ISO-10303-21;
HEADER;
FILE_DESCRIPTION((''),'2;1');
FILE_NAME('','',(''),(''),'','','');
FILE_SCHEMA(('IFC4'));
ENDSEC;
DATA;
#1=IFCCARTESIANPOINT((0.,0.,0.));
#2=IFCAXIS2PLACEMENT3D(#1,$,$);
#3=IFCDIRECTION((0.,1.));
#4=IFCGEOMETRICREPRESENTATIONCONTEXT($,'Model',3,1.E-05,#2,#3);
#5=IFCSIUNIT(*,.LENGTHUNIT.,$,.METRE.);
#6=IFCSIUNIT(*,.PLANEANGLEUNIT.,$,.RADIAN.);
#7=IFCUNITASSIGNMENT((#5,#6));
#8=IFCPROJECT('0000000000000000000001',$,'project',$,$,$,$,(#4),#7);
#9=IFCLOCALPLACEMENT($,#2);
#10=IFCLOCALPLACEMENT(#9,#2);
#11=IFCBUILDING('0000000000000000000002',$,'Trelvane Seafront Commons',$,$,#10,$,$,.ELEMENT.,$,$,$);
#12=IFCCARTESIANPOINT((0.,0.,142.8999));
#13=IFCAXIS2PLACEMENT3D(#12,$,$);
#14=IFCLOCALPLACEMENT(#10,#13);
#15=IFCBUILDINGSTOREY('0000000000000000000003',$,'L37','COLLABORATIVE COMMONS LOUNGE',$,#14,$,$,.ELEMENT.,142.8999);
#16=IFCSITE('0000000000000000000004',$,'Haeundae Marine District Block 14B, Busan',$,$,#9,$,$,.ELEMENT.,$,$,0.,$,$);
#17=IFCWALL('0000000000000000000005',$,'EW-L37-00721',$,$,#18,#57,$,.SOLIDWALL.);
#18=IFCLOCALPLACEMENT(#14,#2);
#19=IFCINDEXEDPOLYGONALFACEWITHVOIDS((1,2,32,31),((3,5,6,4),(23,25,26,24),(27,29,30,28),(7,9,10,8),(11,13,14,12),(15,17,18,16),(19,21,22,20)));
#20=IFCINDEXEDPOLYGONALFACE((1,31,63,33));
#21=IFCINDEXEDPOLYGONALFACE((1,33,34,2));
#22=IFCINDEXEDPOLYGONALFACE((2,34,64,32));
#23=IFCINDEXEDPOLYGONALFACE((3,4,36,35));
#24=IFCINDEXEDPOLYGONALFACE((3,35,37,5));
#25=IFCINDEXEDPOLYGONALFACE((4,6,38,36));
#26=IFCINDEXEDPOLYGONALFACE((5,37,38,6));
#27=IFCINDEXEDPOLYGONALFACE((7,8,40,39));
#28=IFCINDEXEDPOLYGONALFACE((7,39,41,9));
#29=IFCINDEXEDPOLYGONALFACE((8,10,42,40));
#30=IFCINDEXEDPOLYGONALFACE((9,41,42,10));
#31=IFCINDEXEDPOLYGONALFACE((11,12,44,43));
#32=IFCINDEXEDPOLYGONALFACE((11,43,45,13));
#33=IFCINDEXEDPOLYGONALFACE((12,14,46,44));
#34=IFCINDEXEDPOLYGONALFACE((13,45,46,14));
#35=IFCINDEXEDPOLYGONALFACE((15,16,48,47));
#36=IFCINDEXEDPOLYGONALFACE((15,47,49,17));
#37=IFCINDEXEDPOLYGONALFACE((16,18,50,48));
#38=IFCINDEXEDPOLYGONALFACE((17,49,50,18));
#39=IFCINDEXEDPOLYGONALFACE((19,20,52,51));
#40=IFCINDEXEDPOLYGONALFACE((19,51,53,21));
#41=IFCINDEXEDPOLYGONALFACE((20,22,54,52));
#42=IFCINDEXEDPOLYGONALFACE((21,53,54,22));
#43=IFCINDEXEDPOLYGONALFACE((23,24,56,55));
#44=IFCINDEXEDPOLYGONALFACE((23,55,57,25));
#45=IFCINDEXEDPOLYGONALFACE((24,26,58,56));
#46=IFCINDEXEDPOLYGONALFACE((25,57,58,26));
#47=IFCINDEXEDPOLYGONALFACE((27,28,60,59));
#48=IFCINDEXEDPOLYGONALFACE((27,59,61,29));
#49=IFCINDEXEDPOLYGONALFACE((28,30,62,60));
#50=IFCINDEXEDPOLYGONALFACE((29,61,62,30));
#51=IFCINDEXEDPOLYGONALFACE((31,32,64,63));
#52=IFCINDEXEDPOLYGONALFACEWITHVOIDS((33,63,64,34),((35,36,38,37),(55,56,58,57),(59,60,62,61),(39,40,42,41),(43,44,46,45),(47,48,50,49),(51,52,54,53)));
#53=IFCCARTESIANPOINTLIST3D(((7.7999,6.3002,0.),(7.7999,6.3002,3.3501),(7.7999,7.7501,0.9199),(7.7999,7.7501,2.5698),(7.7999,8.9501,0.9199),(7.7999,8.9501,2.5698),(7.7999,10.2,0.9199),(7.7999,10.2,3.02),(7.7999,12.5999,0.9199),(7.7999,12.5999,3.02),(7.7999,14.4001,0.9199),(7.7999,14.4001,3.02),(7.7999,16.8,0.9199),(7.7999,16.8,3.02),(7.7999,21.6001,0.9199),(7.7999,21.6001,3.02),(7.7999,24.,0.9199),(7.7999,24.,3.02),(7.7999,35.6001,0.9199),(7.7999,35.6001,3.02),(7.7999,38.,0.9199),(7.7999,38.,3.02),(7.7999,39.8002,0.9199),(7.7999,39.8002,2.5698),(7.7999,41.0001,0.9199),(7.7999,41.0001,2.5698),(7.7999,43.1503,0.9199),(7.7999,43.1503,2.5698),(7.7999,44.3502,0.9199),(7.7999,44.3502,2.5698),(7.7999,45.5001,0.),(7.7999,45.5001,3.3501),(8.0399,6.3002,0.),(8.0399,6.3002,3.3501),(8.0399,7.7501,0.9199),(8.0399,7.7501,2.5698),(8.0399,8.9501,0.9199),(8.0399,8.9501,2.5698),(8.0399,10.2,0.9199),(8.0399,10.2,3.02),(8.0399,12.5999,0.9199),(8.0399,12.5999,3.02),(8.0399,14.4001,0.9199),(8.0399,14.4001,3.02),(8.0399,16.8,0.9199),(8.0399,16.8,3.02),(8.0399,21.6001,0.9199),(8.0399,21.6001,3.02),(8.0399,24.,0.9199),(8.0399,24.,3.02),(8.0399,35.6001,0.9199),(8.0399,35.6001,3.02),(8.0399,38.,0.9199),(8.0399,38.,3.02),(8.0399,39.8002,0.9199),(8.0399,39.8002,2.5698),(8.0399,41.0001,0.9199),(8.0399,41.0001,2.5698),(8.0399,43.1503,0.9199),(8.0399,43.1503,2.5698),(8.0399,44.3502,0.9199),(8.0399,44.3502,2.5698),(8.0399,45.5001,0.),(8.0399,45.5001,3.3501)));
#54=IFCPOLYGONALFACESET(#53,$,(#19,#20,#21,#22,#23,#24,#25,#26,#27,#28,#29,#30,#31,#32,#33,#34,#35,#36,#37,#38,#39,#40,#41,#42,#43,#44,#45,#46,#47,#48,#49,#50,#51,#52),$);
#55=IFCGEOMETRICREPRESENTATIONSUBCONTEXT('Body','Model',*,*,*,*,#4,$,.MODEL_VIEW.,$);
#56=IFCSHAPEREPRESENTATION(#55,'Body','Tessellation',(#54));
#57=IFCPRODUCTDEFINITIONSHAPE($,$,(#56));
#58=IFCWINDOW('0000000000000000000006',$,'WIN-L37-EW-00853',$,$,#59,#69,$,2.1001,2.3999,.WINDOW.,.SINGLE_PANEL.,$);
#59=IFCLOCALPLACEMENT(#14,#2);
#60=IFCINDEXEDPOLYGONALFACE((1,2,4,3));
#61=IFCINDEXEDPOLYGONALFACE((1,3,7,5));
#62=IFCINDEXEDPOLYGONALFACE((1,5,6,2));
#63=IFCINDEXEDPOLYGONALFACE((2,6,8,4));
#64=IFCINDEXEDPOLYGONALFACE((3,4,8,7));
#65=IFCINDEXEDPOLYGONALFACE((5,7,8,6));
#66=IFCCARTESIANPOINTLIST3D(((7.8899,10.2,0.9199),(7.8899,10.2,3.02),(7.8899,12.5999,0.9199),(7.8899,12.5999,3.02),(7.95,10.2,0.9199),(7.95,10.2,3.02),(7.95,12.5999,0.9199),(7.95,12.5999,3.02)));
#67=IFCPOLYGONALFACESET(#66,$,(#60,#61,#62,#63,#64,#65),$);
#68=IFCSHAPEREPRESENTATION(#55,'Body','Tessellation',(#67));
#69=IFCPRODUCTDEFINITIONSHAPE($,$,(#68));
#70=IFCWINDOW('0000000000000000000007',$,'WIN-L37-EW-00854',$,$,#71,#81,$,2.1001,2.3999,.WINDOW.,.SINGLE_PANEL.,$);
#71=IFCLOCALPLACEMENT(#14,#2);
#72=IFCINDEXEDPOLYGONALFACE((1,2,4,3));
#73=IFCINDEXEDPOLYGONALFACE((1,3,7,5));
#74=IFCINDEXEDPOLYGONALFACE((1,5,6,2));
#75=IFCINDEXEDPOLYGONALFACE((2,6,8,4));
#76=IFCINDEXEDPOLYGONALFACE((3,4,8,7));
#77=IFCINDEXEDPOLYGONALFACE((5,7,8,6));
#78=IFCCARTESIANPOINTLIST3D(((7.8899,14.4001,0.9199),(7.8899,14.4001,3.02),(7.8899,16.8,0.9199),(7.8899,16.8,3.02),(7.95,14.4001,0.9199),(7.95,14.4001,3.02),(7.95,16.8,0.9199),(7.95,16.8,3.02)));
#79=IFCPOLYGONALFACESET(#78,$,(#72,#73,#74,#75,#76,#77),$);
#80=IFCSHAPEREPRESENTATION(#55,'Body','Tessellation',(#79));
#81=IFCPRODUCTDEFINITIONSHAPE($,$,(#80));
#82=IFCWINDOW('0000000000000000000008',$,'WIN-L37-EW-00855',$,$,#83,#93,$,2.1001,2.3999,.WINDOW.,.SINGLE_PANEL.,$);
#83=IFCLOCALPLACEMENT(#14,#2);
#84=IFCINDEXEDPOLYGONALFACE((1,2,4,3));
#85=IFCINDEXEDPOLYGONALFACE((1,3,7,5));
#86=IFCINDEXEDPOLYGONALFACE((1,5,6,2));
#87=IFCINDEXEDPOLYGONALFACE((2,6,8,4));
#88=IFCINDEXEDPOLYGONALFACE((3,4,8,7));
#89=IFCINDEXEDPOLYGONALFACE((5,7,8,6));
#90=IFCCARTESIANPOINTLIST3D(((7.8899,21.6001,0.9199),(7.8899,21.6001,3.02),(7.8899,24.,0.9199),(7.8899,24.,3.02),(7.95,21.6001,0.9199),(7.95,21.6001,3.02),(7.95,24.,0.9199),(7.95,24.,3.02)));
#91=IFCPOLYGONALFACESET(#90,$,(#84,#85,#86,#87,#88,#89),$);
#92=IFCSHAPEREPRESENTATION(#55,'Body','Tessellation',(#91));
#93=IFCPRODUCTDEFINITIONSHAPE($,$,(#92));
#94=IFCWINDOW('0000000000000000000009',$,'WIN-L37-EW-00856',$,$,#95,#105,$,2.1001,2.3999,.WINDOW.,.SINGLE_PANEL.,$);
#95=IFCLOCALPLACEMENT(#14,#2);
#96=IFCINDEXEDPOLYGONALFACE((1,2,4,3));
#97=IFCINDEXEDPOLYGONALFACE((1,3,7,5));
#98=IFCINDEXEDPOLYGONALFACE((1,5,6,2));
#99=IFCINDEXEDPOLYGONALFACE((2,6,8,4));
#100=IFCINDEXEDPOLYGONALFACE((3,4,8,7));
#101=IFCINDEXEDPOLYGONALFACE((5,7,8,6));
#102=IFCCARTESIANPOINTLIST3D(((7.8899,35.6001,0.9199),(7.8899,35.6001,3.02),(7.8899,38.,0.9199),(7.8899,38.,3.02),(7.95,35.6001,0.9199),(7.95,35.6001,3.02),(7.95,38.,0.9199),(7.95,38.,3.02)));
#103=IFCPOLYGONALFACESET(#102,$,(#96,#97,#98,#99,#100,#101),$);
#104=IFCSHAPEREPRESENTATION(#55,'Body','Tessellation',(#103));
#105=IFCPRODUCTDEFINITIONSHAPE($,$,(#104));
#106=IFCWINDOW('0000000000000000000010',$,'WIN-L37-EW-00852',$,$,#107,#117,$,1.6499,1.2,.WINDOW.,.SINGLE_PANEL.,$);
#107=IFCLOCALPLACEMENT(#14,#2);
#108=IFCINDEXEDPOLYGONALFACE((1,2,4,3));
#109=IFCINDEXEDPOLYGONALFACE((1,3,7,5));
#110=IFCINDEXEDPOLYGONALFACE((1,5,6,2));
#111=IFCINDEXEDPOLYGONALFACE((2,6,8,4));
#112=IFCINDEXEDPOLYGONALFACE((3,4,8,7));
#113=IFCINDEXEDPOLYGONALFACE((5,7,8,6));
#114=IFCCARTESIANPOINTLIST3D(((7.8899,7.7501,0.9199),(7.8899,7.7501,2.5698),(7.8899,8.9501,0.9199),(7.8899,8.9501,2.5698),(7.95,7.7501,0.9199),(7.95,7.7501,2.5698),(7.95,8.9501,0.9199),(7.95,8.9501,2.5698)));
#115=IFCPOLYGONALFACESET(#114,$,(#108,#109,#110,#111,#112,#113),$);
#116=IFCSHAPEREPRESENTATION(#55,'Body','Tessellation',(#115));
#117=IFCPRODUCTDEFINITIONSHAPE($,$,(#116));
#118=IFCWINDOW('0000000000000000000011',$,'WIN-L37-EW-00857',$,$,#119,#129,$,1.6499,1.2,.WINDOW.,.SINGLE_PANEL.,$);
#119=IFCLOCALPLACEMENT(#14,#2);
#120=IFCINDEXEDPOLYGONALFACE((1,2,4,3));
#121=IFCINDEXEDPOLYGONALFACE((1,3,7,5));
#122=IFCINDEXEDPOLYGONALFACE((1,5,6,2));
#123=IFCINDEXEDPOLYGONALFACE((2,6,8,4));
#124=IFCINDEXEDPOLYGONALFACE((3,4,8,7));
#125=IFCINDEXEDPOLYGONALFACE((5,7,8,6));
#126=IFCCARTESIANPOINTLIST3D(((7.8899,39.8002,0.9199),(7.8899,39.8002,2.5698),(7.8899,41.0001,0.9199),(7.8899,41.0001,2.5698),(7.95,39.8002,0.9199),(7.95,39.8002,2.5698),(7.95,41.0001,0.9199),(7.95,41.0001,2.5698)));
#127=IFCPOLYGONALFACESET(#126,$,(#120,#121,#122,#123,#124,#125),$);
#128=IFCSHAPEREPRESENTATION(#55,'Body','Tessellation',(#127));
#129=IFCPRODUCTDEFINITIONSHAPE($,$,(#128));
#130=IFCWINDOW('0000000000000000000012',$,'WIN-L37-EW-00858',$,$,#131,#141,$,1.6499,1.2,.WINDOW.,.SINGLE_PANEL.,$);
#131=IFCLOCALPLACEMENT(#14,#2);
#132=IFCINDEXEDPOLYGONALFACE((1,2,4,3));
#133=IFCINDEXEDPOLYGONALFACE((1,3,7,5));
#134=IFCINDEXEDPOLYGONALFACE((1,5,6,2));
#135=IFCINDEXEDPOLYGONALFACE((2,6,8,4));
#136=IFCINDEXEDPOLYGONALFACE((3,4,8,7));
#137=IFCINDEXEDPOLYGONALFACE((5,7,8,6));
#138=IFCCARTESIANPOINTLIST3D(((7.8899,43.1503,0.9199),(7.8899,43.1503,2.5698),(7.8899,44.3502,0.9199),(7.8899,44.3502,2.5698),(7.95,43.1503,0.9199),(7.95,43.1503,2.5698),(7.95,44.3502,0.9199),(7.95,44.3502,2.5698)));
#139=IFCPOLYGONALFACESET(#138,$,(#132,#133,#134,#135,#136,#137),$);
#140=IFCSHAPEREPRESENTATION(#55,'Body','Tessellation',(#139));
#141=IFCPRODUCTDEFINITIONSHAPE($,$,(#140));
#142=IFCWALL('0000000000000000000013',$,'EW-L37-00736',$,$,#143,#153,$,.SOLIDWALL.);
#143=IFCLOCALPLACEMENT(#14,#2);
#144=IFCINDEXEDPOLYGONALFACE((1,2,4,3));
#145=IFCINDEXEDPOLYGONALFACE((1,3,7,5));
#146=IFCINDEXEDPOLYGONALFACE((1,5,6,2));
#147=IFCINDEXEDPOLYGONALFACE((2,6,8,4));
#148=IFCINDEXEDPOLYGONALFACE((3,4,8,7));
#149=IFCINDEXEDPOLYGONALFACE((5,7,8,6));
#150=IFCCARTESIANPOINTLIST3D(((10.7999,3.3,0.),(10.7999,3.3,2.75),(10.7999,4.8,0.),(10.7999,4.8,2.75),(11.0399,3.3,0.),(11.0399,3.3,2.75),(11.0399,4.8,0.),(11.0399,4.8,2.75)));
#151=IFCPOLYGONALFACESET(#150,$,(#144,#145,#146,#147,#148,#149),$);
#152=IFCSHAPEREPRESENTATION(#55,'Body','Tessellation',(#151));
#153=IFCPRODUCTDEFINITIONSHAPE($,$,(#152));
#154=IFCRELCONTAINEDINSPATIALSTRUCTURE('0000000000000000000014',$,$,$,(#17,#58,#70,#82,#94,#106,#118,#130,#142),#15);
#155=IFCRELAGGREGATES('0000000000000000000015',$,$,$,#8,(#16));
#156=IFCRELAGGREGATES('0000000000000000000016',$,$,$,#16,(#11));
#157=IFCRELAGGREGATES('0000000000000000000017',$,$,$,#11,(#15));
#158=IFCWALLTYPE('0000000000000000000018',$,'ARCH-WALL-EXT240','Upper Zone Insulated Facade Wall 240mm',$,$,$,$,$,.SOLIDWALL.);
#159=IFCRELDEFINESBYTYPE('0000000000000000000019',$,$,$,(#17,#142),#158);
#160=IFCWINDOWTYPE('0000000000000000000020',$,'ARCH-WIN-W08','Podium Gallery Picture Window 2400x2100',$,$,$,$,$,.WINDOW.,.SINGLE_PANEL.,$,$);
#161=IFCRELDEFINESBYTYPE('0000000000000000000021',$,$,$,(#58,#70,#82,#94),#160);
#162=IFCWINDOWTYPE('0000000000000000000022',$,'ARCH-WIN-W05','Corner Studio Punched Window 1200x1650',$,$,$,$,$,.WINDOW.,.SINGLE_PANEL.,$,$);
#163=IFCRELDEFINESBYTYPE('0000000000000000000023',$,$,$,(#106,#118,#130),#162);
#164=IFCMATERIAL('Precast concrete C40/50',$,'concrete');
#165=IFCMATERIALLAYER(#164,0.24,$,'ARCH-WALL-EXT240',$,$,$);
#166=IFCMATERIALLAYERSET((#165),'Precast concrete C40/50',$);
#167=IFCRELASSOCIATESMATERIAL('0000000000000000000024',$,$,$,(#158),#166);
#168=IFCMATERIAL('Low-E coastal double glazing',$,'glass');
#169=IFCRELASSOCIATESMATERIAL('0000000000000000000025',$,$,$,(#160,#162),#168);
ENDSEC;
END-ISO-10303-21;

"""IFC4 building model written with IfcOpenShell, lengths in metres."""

from ifc_helpers import new_model, si_unit, direction, frame, frame_2d, origin, place, context, subcontext, project, spatial, rectangle, extrude, source, transform, mapped, material, layer, layer_set, type_object, element, fill, save


model = new_model("IFC4")

# Units and contexts
model_context = context("Model", 3, precision=1e-05, world=origin(), true_north=direction((0.0, 1.0)))
body_context = subcontext(model_context, "Body", "Model", "MODEL_VIEW")
ifc_project = project(units=[si_unit("LENGTHUNIT", "METRE"), si_unit("PLANEANGLEUNIT", "RADIAN")], contexts=[model_context])

# Site, building, storey
site_placement = place(None, origin())
site = spatial("IfcSite", under=ifc_project, at=site_placement, Name="Haeundae Marine District Block 14B, Busan", CompositionType="ELEMENT", RefElevation=0.0)
building_placement = place(site_placement, origin())
building = spatial("IfcBuilding", under=site, at=building_placement, Name="Trelvane Seafront Commons", CompositionType="ELEMENT")
storey_placement = place(building_placement, frame((0.0, 0.0, 142.8999)))
storey = spatial("IfcBuildingStorey", under=building, at=storey_placement, Name="L37", Description="COLLABORATIVE COMMONS LOUNGE", CompositionType="ELEMENT", Elevation=142.8999)

# Shared definitions
ifc_material_1 = material(Name="Precast concrete C40/50", Category="concrete")
ifc_layer_1 = layer(ifc_material_1, 0.24, Name="ARCH-WALL-EXT240")
ifc_layer_set_1 = layer_set([ifc_layer_1], Name="Precast concrete C40/50")
wall_type_1 = type_object("IfcWallType", Name="ARCH-WALL-EXT240", Description="Upper Zone Insulated Facade Wall 240mm", PredefinedType="SOLIDWALL", material=ifc_layer_set_1)

# Wall, openings, windows
wall_1_placement = place(storey_placement, frame((7.9199, 6.3, 0.0), z_axis=(0.0, 0.0, 1.0), x_axis=(0.0, 1.0, 0.0)))
wall_1 = element("IfcWall", 1, at=wall_1_placement, inside=storey, type_object=wall_type_1, Name="EW-L37-00721", PredefinedType="SOLIDWALL", context=body_context, shape_type="SweptSolid", body=[
    extrude(rectangle(XDim=39.2, YDim=0.24, at=frame_2d((19.6001, 0.0))), origin(), (0.0, 0.0, 1.0), 3.3501),
])
opening_1_placement = place(wall_1_placement, frame((1.45, 0.0, 0.9199)))
opening_1 = element("IfcOpeningElement", 2, at=opening_1_placement, cuts=wall_1, PredefinedType="OPENING", context=body_context, shape_type="SweptSolid", body=[
    extrude(rectangle(XDim=1.2, YDim=1.6499, at=frame_2d((0.6001, 0.825))), frame((0.0, 0.1299, 0.0), z_axis=(0.0, -1.0, 0.0), x_axis=(1.0, 0.0, 0.0)), (0.0, 0.0, 1.0), 0.26),
])
opening_2_placement = place(wall_1_placement, frame((3.8999, 0.0, 0.9199)))
opening_2 = element("IfcOpeningElement", 3, at=opening_2_placement, cuts=wall_1, PredefinedType="OPENING", context=body_context, shape_type="SweptSolid", body=[
    extrude(rectangle(XDim=2.3999, YDim=2.1001, at=frame_2d((1.2, 1.05))), frame((0.0, 0.1299, 0.0), z_axis=(0.0, -1.0, 0.0), x_axis=(1.0, 0.0, 0.0)), (0.0, 0.0, 1.0), 0.26),
])
opening_3_placement = place(wall_1_placement, frame((8.1001, 0.0, 0.9199)))
opening_3 = element("IfcOpeningElement", 4, at=opening_3_placement, cuts=wall_1, PredefinedType="OPENING", context=body_context, shape_type="SweptSolid", body=[
    extrude(rectangle(XDim=2.3999, YDim=2.1001, at=frame_2d((1.2, 1.05))), frame((0.0, 0.1299, 0.0), z_axis=(0.0, -1.0, 0.0), x_axis=(1.0, 0.0, 0.0)), (0.0, 0.0, 1.0), 0.26),
])
opening_4_placement = place(wall_1_placement, frame((15.3, 0.0, 0.9199)))
opening_4 = element("IfcOpeningElement", 5, at=opening_4_placement, cuts=wall_1, PredefinedType="OPENING", context=body_context, shape_type="SweptSolid", body=[
    extrude(rectangle(XDim=2.3999, YDim=2.1001, at=frame_2d((1.2, 1.05))), frame((0.0, 0.1299, 0.0), z_axis=(0.0, -1.0, 0.0), x_axis=(1.0, 0.0, 0.0)), (0.0, 0.0, 1.0), 0.26),
])
opening_5_placement = place(wall_1_placement, frame((29.3, 0.0, 0.9199)))
opening_5 = element("IfcOpeningElement", 6, at=opening_5_placement, cuts=wall_1, PredefinedType="OPENING", context=body_context, shape_type="SweptSolid", body=[
    extrude(rectangle(XDim=2.3999, YDim=2.1001, at=frame_2d((1.2, 1.05))), frame((0.0, 0.1299, 0.0), z_axis=(0.0, -1.0, 0.0), x_axis=(1.0, 0.0, 0.0)), (0.0, 0.0, 1.0), 0.26),
])
opening_6_placement = place(wall_1_placement, frame((33.5, 0.0, 0.9199)))
opening_6 = element("IfcOpeningElement", 7, at=opening_6_placement, cuts=wall_1, PredefinedType="OPENING", context=body_context, shape_type="SweptSolid", body=[
    extrude(rectangle(XDim=1.2, YDim=1.6499, at=frame_2d((0.6001, 0.825))), frame((0.0, 0.1299, 0.0), z_axis=(0.0, -1.0, 0.0), x_axis=(1.0, 0.0, 0.0)), (0.0, 0.0, 1.0), 0.26),
])
opening_7_placement = place(wall_1_placement, frame((36.8501, 0.0, 0.9199)))
opening_7 = element("IfcOpeningElement", 8, at=opening_7_placement, cuts=wall_1, PredefinedType="OPENING", context=body_context, shape_type="SweptSolid", body=[
    extrude(rectangle(XDim=1.2, YDim=1.6499, at=frame_2d((0.6001, 0.825))), frame((0.0, 0.1299, 0.0), z_axis=(0.0, -1.0, 0.0), x_axis=(1.0, 0.0, 0.0)), (0.0, 0.0, 1.0), 0.26),
])
ifc_material_2 = material(Name="Low-E coastal double glazing", Category="glass")
window_type_1 = type_object("IfcWindowType", Name="ARCH-WIN-W08", Description="Podium Gallery Picture Window 2400x2100", PartitioningType="SINGLE_PANEL", PredefinedType="WINDOW", material=ifc_material_2)
shared_shape_1 = source(origin(), body_context, "Body", "SweptSolid", [
    extrude(rectangle(XDim=2.3999, YDim=2.1001, at=frame_2d((1.2, 1.05))), frame((0.0, 0.03, 0.0), z_axis=(0.0, -1.0, 0.0), x_axis=(1.0, 0.0, 0.0)), (0.0, 0.0, 1.0), 0.0601),
])
window_1_placement = place(opening_2_placement, origin())
window_1 = element("IfcWindow", 9, at=window_1_placement, inside=storey, type_object=window_type_1, Name="WIN-L37-EW-00853", OverallHeight=2.1001, OverallWidth=2.3999, PartitioningType="SINGLE_PANEL", PredefinedType="WINDOW", context=body_context, shape_type="MappedRepresentation", body=[
    mapped(shared_shape_1, transform((0.0, 0.0, 0.0), x_axis=(1.0, 0.0, 0.0), y_axis=(0.0, 1.0, 0.0), z_axis=(0.0, 0.0, 1.0), scale=1.0)),
])
fill(opening_2, window_1)
window_2_placement = place(opening_3_placement, origin())
window_2 = element("IfcWindow", 10, at=window_2_placement, inside=storey, type_object=window_type_1, Name="WIN-L37-EW-00854", OverallHeight=2.1001, OverallWidth=2.3999, PartitioningType="SINGLE_PANEL", PredefinedType="WINDOW", context=body_context, shape_type="MappedRepresentation", body=[
    mapped(shared_shape_1, transform((0.0, 0.0, 0.0), x_axis=(1.0, 0.0, 0.0), y_axis=(0.0, 1.0, 0.0), z_axis=(0.0, 0.0, 1.0), scale=1.0)),
])
fill(opening_3, window_2)
window_3_placement = place(opening_4_placement, origin())
window_3 = element("IfcWindow", 11, at=window_3_placement, inside=storey, type_object=window_type_1, Name="WIN-L37-EW-00855", OverallHeight=2.1001, OverallWidth=2.3999, PartitioningType="SINGLE_PANEL", PredefinedType="WINDOW", context=body_context, shape_type="MappedRepresentation", body=[
    mapped(shared_shape_1, transform((0.0, 0.0, 0.0), x_axis=(1.0, 0.0, 0.0), y_axis=(0.0, 1.0, 0.0), z_axis=(0.0, 0.0, 1.0), scale=1.0)),
])
fill(opening_4, window_3)
window_4_placement = place(opening_5_placement, origin())
window_4 = element("IfcWindow", 12, at=window_4_placement, inside=storey, type_object=window_type_1, Name="WIN-L37-EW-00856", OverallHeight=2.1001, OverallWidth=2.3999, PartitioningType="SINGLE_PANEL", PredefinedType="WINDOW", context=body_context, shape_type="MappedRepresentation", body=[
    mapped(shared_shape_1, transform((0.0, 0.0, 0.0), x_axis=(1.0, 0.0, 0.0), y_axis=(0.0, 1.0, 0.0), z_axis=(0.0, 0.0, 1.0), scale=1.0)),
])
fill(opening_5, window_4)
window_type_2 = type_object("IfcWindowType", Name="ARCH-WIN-W05", Description="Corner Studio Punched Window 1200x1650", PartitioningType="SINGLE_PANEL", PredefinedType="WINDOW", material=ifc_material_2)
shared_shape_2 = source(origin(), body_context, "Body", "SweptSolid", [
    extrude(rectangle(XDim=1.2, YDim=1.6499, at=frame_2d((0.6001, 0.825))), frame((0.0, 0.03, 0.0), z_axis=(0.0, -1.0, 0.0), x_axis=(1.0, 0.0, 0.0)), (0.0, 0.0, 1.0), 0.0601),
])
window_5_placement = place(opening_1_placement, origin())
window_5 = element("IfcWindow", 13, at=window_5_placement, inside=storey, type_object=window_type_2, Name="WIN-L37-EW-00852", OverallHeight=1.6499, OverallWidth=1.2, PartitioningType="SINGLE_PANEL", PredefinedType="WINDOW", context=body_context, shape_type="MappedRepresentation", body=[
    mapped(shared_shape_2, transform((0.0, 0.0, 0.0), x_axis=(1.0, 0.0, 0.0), y_axis=(0.0, 1.0, 0.0), z_axis=(0.0, 0.0, 1.0), scale=1.0)),
])
fill(opening_1, window_5)
window_6_placement = place(opening_6_placement, origin())
window_6 = element("IfcWindow", 14, at=window_6_placement, inside=storey, type_object=window_type_2, Name="WIN-L37-EW-00857", OverallHeight=1.6499, OverallWidth=1.2, PartitioningType="SINGLE_PANEL", PredefinedType="WINDOW", context=body_context, shape_type="MappedRepresentation", body=[
    mapped(shared_shape_2, transform((0.0, 0.0, 0.0), x_axis=(1.0, 0.0, 0.0), y_axis=(0.0, 1.0, 0.0), z_axis=(0.0, 0.0, 1.0), scale=1.0)),
])
fill(opening_6, window_6)
window_7_placement = place(opening_7_placement, origin())
window_7 = element("IfcWindow", 15, at=window_7_placement, inside=storey, type_object=window_type_2, Name="WIN-L37-EW-00858", OverallHeight=1.6499, OverallWidth=1.2, PartitioningType="SINGLE_PANEL", PredefinedType="WINDOW", context=body_context, shape_type="MappedRepresentation", body=[
    mapped(shared_shape_2, transform((0.0, 0.0, 0.0), x_axis=(1.0, 0.0, 0.0), y_axis=(0.0, 1.0, 0.0), z_axis=(0.0, 0.0, 1.0), scale=1.0)),
])
fill(opening_7, window_7)

# Wall
wall_2_placement = place(storey_placement, frame((10.9199, 3.3, 0.0), z_axis=(0.0, 0.0, 1.0), x_axis=(0.0, 1.0, 0.0)))
element("IfcWall", 16, at=wall_2_placement, inside=storey, type_object=wall_type_1, Name="EW-L37-00736", PredefinedType="SOLIDWALL", context=body_context, shape_type="SweptSolid", body=[
    extrude(rectangle(XDim=1.5, YDim=0.24, at=frame_2d((0.75, 0.0))), origin(), (0.0, 0.0, 1.0), 2.75),
])

save(model, "model.ifc")
